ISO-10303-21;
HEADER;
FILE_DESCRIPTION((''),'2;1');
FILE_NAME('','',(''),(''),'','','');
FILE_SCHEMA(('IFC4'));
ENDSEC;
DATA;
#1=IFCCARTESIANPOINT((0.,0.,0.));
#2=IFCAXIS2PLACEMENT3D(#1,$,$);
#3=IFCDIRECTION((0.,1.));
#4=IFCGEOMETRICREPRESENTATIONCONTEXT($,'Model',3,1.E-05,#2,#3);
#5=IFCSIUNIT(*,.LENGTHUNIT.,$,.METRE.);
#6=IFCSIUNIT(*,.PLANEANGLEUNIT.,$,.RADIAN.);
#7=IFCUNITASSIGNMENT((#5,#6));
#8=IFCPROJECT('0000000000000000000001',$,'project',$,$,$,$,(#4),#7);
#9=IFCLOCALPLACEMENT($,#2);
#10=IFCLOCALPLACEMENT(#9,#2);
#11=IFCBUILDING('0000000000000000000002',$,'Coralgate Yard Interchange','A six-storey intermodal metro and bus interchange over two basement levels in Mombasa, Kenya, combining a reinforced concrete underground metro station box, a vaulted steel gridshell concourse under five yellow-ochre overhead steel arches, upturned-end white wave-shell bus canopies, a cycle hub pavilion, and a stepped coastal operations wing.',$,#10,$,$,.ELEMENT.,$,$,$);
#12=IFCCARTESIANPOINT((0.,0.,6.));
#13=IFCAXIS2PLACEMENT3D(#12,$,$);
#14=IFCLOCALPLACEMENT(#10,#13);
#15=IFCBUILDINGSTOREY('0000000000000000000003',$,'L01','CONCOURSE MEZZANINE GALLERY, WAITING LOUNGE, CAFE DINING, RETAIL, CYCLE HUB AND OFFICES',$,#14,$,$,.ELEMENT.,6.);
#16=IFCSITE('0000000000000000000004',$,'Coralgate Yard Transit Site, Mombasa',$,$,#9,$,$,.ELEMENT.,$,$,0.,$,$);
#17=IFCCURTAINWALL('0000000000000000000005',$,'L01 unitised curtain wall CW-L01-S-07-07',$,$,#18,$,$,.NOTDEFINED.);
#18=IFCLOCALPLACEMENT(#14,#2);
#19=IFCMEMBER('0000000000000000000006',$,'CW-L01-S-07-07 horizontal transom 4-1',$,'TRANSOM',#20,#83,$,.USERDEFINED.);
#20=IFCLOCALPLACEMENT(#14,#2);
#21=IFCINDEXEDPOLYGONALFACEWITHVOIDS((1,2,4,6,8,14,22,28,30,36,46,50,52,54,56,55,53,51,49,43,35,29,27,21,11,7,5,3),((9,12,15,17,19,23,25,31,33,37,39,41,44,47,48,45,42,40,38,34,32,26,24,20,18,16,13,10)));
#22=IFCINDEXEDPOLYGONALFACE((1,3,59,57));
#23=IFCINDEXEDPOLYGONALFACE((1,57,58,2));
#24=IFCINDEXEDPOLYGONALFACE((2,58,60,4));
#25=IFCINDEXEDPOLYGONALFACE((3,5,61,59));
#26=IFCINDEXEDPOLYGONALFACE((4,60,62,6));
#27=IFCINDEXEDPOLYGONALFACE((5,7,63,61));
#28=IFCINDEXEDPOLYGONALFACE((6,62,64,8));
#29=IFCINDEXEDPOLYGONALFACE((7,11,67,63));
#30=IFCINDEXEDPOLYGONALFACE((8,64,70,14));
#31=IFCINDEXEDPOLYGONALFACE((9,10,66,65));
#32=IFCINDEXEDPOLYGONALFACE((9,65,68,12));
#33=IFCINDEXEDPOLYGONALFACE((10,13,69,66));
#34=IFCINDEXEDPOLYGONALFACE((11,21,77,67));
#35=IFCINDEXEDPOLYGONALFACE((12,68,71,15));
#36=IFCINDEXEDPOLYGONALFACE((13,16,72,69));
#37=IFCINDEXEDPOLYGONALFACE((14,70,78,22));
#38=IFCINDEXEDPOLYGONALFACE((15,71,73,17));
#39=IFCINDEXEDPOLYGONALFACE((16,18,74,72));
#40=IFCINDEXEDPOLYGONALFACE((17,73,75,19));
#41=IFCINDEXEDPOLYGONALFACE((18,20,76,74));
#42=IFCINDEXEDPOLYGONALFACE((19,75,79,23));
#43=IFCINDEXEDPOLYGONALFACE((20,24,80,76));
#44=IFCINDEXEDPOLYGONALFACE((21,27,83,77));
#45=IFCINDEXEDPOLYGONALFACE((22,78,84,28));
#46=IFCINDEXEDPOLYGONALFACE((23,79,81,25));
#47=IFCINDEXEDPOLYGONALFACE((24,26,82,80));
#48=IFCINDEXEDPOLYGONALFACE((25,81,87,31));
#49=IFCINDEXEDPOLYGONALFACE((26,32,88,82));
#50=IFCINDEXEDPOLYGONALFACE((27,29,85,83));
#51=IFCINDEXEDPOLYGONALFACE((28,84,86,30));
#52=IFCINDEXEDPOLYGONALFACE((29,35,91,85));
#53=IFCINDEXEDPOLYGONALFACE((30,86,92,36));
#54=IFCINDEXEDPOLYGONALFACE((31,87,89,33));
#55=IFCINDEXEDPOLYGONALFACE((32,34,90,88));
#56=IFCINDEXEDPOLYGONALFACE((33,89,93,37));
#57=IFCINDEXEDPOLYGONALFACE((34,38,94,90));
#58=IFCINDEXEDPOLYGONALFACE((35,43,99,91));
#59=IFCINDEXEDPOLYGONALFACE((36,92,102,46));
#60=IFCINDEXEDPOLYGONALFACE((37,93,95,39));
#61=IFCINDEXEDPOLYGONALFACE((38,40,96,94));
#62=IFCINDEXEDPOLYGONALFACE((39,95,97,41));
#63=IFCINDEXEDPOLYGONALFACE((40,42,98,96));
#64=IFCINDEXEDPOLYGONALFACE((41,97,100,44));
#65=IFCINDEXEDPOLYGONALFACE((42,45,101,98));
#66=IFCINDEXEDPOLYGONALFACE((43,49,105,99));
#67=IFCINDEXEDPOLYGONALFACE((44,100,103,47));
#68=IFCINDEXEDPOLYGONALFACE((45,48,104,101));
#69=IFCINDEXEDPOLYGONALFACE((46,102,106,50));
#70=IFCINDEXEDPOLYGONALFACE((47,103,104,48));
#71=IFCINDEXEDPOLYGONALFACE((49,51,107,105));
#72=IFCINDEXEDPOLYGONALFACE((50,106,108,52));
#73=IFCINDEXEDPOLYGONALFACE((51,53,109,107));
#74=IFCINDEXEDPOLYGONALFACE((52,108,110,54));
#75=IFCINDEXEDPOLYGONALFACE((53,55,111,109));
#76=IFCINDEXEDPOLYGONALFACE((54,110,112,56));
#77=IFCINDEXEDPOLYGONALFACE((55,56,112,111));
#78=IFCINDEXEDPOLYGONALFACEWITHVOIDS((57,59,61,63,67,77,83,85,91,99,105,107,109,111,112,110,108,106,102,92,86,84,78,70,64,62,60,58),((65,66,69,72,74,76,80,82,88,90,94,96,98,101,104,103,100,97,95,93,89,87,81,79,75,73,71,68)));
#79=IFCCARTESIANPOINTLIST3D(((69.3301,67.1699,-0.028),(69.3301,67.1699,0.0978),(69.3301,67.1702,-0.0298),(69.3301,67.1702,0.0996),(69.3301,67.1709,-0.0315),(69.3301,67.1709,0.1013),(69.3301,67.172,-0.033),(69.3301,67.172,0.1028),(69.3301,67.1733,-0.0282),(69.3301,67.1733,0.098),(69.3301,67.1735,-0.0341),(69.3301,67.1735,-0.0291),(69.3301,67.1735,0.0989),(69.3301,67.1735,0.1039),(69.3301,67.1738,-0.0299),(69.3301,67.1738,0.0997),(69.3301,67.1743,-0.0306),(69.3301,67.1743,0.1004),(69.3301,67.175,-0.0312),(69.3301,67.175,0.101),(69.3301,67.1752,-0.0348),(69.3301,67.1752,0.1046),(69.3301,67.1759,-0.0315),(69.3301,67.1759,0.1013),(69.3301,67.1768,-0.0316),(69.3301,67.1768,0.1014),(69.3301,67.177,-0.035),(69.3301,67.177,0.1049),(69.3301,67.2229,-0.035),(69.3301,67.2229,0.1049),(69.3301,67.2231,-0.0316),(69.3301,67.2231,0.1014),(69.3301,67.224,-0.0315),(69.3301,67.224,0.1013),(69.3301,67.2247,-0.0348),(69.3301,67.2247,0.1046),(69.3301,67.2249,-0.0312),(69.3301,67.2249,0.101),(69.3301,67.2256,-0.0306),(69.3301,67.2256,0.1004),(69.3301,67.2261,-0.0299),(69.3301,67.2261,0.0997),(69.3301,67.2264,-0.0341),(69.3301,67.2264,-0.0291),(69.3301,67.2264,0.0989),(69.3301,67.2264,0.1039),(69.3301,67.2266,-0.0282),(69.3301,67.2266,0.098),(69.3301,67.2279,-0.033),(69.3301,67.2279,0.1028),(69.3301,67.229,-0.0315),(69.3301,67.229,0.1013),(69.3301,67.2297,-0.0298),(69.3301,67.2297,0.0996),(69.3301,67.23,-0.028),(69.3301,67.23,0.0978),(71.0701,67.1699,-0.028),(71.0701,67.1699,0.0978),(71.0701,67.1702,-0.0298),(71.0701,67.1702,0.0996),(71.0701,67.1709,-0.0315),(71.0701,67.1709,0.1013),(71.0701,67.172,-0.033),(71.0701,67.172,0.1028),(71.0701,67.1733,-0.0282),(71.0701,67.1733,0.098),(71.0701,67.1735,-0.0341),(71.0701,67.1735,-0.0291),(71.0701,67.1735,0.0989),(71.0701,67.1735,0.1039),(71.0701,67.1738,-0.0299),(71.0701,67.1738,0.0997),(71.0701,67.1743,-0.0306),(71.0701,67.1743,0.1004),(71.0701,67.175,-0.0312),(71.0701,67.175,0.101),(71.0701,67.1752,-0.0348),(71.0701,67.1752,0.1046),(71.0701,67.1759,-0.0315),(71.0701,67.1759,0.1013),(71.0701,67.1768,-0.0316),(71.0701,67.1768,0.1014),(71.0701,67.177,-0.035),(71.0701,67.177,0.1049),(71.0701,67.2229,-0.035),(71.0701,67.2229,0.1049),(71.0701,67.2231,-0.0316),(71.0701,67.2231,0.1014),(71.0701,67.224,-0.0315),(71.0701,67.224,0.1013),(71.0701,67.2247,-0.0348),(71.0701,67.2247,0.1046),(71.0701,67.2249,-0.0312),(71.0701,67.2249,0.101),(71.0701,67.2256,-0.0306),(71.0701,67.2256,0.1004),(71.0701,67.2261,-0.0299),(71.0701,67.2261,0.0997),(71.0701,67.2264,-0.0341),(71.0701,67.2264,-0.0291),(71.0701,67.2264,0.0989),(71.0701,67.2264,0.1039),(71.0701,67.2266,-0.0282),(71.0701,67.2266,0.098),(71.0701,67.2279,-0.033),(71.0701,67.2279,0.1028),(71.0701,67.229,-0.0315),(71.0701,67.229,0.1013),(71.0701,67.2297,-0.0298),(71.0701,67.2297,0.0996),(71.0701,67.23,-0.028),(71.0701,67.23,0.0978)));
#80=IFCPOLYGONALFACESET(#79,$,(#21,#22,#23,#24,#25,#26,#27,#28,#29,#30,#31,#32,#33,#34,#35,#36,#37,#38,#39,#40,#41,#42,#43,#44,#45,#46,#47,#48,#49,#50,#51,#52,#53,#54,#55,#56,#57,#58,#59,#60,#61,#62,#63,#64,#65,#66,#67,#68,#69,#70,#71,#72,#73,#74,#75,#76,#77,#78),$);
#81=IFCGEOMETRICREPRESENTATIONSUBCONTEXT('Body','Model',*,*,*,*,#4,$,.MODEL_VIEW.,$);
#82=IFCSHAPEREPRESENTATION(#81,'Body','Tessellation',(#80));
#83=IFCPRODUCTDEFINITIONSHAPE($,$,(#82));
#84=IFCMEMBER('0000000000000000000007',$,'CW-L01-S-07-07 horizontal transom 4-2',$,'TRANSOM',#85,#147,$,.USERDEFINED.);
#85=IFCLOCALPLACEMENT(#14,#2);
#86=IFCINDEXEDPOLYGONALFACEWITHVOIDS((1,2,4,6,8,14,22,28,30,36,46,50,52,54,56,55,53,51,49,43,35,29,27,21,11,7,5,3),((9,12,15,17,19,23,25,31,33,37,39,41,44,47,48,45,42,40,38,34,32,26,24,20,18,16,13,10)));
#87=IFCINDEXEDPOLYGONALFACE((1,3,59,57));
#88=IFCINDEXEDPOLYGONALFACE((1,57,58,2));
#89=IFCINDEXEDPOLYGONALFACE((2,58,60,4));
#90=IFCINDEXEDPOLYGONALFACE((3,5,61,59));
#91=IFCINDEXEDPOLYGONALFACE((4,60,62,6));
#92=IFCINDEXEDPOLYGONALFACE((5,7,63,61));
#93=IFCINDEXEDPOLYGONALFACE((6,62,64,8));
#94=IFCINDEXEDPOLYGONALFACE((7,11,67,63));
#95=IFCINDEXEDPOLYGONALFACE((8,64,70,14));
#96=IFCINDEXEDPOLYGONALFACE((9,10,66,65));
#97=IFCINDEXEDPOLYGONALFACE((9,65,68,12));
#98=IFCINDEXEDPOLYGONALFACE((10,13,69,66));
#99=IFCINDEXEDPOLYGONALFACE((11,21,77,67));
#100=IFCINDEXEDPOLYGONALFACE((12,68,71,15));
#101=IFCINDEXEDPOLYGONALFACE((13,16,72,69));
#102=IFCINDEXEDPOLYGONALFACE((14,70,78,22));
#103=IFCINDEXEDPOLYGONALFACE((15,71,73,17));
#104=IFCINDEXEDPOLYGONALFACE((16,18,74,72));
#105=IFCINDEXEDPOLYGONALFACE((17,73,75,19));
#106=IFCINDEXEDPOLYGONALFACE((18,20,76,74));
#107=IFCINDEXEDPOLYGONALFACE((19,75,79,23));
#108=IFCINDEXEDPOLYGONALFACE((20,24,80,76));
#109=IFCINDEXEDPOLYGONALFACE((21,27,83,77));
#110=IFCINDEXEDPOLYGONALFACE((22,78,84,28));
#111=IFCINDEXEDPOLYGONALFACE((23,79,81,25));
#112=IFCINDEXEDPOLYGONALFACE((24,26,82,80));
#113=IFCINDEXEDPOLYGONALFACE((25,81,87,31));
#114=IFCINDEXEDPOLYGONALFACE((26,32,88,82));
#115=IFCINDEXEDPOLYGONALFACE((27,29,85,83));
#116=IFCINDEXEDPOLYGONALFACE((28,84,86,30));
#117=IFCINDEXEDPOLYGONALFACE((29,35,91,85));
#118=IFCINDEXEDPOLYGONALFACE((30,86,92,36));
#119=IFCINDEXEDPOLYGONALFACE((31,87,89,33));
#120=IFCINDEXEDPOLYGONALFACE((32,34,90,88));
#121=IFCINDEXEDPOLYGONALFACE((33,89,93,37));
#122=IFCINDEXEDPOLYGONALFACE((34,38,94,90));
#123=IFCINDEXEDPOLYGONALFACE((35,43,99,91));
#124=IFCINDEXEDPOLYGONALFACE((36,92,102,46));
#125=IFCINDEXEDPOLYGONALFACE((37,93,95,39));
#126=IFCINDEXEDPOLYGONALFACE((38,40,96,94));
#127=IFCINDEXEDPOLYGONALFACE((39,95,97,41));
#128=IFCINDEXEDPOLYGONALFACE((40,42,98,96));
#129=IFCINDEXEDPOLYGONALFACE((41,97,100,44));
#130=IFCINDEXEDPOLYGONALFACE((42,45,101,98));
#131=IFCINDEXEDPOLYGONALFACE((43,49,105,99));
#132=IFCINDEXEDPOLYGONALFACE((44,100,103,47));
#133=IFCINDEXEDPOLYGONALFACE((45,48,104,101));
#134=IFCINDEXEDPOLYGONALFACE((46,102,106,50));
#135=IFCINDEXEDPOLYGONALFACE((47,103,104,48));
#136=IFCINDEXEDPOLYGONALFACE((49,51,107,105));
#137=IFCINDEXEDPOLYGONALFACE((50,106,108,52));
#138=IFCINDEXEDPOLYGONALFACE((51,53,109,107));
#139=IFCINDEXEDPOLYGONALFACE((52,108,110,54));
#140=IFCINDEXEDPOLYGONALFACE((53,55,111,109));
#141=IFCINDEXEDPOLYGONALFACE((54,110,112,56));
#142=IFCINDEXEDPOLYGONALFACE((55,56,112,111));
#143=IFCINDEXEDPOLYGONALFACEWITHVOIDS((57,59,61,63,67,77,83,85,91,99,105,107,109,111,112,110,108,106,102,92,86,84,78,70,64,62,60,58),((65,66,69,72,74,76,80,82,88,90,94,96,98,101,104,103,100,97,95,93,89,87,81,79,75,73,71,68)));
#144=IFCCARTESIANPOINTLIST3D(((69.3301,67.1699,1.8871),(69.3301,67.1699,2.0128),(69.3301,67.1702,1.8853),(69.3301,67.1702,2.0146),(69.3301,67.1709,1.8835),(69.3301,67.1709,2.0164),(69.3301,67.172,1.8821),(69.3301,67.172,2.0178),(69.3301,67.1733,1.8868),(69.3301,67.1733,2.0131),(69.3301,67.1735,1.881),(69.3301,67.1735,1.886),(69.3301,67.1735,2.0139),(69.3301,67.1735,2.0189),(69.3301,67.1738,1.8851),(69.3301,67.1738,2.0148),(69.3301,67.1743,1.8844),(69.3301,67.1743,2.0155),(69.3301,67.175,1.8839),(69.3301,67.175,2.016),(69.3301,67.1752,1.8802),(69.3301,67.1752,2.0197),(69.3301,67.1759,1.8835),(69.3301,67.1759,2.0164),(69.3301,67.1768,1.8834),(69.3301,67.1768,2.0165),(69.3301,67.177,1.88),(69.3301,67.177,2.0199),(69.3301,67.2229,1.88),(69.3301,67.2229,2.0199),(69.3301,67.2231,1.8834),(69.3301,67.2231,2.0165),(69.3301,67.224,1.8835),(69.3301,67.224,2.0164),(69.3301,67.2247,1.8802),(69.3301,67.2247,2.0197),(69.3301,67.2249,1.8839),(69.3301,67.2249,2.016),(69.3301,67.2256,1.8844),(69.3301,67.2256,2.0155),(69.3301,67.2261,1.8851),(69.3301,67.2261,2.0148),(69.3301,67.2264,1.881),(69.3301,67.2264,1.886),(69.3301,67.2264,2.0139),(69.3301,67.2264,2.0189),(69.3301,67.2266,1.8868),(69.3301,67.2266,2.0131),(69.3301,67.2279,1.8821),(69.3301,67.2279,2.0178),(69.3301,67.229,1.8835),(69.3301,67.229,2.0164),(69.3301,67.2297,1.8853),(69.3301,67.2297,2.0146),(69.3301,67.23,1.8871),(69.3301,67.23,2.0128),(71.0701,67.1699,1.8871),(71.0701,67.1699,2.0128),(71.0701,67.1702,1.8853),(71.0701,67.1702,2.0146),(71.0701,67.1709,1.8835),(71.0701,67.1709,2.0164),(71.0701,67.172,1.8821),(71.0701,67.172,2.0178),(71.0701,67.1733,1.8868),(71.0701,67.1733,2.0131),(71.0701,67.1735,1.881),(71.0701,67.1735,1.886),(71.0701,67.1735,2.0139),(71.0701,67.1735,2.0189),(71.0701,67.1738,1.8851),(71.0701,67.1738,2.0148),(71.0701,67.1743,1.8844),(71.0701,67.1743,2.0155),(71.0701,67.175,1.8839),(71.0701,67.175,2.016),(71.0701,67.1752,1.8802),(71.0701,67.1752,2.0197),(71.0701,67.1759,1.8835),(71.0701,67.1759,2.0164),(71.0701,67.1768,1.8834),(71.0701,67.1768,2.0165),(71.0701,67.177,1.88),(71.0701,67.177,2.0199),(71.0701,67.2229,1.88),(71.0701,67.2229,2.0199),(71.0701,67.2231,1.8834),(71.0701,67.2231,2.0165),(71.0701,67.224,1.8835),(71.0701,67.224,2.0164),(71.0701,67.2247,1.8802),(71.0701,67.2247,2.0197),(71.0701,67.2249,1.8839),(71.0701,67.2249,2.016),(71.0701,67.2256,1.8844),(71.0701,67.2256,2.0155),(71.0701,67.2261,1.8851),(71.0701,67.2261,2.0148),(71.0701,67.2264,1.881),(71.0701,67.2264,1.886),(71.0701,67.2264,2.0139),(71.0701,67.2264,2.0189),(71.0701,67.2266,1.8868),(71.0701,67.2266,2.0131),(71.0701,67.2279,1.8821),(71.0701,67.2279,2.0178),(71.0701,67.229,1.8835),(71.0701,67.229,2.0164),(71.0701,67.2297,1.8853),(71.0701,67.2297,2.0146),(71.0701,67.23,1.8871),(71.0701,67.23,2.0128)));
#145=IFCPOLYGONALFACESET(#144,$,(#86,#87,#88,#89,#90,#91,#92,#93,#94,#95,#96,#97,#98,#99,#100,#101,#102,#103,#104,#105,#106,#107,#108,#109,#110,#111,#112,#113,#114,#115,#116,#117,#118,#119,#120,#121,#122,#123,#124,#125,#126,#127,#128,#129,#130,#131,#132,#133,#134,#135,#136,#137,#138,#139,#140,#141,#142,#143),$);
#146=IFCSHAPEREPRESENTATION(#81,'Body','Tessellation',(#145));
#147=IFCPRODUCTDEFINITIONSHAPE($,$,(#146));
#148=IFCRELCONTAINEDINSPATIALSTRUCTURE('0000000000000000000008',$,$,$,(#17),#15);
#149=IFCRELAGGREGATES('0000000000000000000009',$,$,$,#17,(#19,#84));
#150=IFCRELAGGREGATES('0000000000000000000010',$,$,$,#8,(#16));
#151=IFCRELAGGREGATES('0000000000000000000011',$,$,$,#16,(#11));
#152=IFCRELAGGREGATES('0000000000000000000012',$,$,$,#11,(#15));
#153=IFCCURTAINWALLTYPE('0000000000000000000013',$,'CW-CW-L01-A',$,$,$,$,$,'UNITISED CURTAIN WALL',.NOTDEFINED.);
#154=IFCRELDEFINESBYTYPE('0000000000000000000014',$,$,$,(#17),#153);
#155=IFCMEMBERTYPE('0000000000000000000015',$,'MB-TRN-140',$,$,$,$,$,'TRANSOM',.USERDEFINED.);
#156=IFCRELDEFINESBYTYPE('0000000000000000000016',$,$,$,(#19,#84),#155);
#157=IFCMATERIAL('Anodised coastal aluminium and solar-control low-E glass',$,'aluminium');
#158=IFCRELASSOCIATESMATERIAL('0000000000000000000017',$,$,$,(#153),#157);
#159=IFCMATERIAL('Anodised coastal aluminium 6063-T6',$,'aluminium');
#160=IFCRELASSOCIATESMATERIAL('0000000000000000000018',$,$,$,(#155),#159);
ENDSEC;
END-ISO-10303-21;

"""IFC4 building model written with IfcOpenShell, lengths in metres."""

from ifc_helpers import new_model, si_unit, direction, frame, origin, origin_2d, place, context, subcontext, project, spatial, hollow_rectangle, extrude, material, material_profile, profile_set, type_object, element, aggregate, save


model = new_model("IFC4")

# Units and contexts
model_context = context("Model", 3, precision=1e-05, world=origin(), true_north=direction((0.0, 1.0)))
body_context = subcontext(model_context, "Body", "Model", "MODEL_VIEW")
ifc_project = project(units=[si_unit("LENGTHUNIT", "METRE"), si_unit("PLANEANGLEUNIT", "RADIAN")], contexts=[model_context])

# Site, building, storey
site_placement = place(None, origin())
site = spatial("IfcSite", under=ifc_project, at=site_placement, Name="Coralgate Yard Transit Site, Mombasa", CompositionType="ELEMENT", RefElevation=0.0)
building_placement = place(site_placement, origin())
building = spatial("IfcBuilding", under=site, at=building_placement, Name="Coralgate Yard Interchange", Description="A six-storey intermodal metro and bus interchange over two basement levels in Mombasa, Kenya, combining a reinforced concrete underground metro station box, a vaulted steel gridshell concourse under five yellow-ochre overhead steel arches, upturned-end white wave-shell bus canopies, a cycle hub pavilion, and a stepped coastal operations wing.", CompositionType="ELEMENT")
storey_placement = place(building_placement, frame((0.0, 0.0, 6.0)))
storey = spatial("IfcBuildingStorey", under=building, at=storey_placement, Name="L01", Description="CONCOURSE MEZZANINE GALLERY, WAITING LOUNGE, CAFE DINING, RETAIL, CYCLE HUB AND OFFICES", CompositionType="ELEMENT", Elevation=6.0)

# Shared definitions
ifc_material_1 = material(Name="Anodised coastal aluminium and solar-control low-E glass", Category="aluminium")
curtain_wall_type = type_object("IfcCurtainWallType", Name="CW-CW-L01-A", ElementType="UNITISED CURTAIN WALL", PredefinedType="NOTDEFINED", material=ifc_material_1)
ifc_material_2 = material(Name="Anodised coastal aluminium 6063-T6", Category="aluminium")

# Curtain wall
curtain_wall_1_placement = place(storey_placement, origin())
curtain_wall_1 = element("IfcCurtainWall", 1, at=curtain_wall_1_placement, inside=storey, type_object=curtain_wall_type, Name="L01 unitised curtain wall CW-L01-S-07-07", PredefinedType="NOTDEFINED")

# Members
ifc_material_profile_1 = material_profile(ifc_material_2, hollow_rectangle(XDim=0.0601, YDim=0.1399, WallThickness=0.0034, InnerFilletRadius=0.0034, OuterFilletRadius=0.0071, at=origin_2d()), Name="ALU 60x140x3.5")
ifc_profile_set_1 = profile_set([ifc_material_profile_1], Name="Anodised coastal aluminium 6063-T6")
member_type_1 = type_object("IfcMemberType", Name="MB-TRN-140", ElementType="TRANSOM", PredefinedType="USERDEFINED", material=ifc_profile_set_1)
member_1_placement = place(storey_placement, frame((71.0701, 67.2, 0.0349), z_axis=(-1.0, 0.0, 0.0), x_axis=(0.0, -1.0, 0.0)))
member_1 = element("IfcMember", 2, at=member_1_placement, type_object=member_type_1, Name="CW-L01-S-07-07 horizontal transom 4-1", ObjectType="TRANSOM", PredefinedType="USERDEFINED", context=body_context, shape_type="SweptSolid", body=[
    extrude(hollow_rectangle(XDim=0.0601, YDim=0.1399, WallThickness=0.0034, InnerFilletRadius=0.0034, OuterFilletRadius=0.0071, at=origin_2d()), origin(), (0.0, 0.0, 1.0), 1.74),
])
member_2_placement = place(storey_placement, frame((71.0701, 67.2, 1.95), z_axis=(-1.0, 0.0, 0.0), x_axis=(0.0, -1.0, 0.0)))
member_2 = element("IfcMember", 3, at=member_2_placement, type_object=member_type_1, Name="CW-L01-S-07-07 horizontal transom 4-2", ObjectType="TRANSOM", PredefinedType="USERDEFINED", context=body_context, shape_type="SweptSolid", body=[
    extrude(hollow_rectangle(XDim=0.0601, YDim=0.1399, WallThickness=0.0034, InnerFilletRadius=0.0034, OuterFilletRadius=0.0071, at=origin_2d()), origin(), (0.0, 0.0, 1.0), 1.74),
])

aggregate(curtain_wall_1, [member_1, member_2])

save(model, "model.ifc")
